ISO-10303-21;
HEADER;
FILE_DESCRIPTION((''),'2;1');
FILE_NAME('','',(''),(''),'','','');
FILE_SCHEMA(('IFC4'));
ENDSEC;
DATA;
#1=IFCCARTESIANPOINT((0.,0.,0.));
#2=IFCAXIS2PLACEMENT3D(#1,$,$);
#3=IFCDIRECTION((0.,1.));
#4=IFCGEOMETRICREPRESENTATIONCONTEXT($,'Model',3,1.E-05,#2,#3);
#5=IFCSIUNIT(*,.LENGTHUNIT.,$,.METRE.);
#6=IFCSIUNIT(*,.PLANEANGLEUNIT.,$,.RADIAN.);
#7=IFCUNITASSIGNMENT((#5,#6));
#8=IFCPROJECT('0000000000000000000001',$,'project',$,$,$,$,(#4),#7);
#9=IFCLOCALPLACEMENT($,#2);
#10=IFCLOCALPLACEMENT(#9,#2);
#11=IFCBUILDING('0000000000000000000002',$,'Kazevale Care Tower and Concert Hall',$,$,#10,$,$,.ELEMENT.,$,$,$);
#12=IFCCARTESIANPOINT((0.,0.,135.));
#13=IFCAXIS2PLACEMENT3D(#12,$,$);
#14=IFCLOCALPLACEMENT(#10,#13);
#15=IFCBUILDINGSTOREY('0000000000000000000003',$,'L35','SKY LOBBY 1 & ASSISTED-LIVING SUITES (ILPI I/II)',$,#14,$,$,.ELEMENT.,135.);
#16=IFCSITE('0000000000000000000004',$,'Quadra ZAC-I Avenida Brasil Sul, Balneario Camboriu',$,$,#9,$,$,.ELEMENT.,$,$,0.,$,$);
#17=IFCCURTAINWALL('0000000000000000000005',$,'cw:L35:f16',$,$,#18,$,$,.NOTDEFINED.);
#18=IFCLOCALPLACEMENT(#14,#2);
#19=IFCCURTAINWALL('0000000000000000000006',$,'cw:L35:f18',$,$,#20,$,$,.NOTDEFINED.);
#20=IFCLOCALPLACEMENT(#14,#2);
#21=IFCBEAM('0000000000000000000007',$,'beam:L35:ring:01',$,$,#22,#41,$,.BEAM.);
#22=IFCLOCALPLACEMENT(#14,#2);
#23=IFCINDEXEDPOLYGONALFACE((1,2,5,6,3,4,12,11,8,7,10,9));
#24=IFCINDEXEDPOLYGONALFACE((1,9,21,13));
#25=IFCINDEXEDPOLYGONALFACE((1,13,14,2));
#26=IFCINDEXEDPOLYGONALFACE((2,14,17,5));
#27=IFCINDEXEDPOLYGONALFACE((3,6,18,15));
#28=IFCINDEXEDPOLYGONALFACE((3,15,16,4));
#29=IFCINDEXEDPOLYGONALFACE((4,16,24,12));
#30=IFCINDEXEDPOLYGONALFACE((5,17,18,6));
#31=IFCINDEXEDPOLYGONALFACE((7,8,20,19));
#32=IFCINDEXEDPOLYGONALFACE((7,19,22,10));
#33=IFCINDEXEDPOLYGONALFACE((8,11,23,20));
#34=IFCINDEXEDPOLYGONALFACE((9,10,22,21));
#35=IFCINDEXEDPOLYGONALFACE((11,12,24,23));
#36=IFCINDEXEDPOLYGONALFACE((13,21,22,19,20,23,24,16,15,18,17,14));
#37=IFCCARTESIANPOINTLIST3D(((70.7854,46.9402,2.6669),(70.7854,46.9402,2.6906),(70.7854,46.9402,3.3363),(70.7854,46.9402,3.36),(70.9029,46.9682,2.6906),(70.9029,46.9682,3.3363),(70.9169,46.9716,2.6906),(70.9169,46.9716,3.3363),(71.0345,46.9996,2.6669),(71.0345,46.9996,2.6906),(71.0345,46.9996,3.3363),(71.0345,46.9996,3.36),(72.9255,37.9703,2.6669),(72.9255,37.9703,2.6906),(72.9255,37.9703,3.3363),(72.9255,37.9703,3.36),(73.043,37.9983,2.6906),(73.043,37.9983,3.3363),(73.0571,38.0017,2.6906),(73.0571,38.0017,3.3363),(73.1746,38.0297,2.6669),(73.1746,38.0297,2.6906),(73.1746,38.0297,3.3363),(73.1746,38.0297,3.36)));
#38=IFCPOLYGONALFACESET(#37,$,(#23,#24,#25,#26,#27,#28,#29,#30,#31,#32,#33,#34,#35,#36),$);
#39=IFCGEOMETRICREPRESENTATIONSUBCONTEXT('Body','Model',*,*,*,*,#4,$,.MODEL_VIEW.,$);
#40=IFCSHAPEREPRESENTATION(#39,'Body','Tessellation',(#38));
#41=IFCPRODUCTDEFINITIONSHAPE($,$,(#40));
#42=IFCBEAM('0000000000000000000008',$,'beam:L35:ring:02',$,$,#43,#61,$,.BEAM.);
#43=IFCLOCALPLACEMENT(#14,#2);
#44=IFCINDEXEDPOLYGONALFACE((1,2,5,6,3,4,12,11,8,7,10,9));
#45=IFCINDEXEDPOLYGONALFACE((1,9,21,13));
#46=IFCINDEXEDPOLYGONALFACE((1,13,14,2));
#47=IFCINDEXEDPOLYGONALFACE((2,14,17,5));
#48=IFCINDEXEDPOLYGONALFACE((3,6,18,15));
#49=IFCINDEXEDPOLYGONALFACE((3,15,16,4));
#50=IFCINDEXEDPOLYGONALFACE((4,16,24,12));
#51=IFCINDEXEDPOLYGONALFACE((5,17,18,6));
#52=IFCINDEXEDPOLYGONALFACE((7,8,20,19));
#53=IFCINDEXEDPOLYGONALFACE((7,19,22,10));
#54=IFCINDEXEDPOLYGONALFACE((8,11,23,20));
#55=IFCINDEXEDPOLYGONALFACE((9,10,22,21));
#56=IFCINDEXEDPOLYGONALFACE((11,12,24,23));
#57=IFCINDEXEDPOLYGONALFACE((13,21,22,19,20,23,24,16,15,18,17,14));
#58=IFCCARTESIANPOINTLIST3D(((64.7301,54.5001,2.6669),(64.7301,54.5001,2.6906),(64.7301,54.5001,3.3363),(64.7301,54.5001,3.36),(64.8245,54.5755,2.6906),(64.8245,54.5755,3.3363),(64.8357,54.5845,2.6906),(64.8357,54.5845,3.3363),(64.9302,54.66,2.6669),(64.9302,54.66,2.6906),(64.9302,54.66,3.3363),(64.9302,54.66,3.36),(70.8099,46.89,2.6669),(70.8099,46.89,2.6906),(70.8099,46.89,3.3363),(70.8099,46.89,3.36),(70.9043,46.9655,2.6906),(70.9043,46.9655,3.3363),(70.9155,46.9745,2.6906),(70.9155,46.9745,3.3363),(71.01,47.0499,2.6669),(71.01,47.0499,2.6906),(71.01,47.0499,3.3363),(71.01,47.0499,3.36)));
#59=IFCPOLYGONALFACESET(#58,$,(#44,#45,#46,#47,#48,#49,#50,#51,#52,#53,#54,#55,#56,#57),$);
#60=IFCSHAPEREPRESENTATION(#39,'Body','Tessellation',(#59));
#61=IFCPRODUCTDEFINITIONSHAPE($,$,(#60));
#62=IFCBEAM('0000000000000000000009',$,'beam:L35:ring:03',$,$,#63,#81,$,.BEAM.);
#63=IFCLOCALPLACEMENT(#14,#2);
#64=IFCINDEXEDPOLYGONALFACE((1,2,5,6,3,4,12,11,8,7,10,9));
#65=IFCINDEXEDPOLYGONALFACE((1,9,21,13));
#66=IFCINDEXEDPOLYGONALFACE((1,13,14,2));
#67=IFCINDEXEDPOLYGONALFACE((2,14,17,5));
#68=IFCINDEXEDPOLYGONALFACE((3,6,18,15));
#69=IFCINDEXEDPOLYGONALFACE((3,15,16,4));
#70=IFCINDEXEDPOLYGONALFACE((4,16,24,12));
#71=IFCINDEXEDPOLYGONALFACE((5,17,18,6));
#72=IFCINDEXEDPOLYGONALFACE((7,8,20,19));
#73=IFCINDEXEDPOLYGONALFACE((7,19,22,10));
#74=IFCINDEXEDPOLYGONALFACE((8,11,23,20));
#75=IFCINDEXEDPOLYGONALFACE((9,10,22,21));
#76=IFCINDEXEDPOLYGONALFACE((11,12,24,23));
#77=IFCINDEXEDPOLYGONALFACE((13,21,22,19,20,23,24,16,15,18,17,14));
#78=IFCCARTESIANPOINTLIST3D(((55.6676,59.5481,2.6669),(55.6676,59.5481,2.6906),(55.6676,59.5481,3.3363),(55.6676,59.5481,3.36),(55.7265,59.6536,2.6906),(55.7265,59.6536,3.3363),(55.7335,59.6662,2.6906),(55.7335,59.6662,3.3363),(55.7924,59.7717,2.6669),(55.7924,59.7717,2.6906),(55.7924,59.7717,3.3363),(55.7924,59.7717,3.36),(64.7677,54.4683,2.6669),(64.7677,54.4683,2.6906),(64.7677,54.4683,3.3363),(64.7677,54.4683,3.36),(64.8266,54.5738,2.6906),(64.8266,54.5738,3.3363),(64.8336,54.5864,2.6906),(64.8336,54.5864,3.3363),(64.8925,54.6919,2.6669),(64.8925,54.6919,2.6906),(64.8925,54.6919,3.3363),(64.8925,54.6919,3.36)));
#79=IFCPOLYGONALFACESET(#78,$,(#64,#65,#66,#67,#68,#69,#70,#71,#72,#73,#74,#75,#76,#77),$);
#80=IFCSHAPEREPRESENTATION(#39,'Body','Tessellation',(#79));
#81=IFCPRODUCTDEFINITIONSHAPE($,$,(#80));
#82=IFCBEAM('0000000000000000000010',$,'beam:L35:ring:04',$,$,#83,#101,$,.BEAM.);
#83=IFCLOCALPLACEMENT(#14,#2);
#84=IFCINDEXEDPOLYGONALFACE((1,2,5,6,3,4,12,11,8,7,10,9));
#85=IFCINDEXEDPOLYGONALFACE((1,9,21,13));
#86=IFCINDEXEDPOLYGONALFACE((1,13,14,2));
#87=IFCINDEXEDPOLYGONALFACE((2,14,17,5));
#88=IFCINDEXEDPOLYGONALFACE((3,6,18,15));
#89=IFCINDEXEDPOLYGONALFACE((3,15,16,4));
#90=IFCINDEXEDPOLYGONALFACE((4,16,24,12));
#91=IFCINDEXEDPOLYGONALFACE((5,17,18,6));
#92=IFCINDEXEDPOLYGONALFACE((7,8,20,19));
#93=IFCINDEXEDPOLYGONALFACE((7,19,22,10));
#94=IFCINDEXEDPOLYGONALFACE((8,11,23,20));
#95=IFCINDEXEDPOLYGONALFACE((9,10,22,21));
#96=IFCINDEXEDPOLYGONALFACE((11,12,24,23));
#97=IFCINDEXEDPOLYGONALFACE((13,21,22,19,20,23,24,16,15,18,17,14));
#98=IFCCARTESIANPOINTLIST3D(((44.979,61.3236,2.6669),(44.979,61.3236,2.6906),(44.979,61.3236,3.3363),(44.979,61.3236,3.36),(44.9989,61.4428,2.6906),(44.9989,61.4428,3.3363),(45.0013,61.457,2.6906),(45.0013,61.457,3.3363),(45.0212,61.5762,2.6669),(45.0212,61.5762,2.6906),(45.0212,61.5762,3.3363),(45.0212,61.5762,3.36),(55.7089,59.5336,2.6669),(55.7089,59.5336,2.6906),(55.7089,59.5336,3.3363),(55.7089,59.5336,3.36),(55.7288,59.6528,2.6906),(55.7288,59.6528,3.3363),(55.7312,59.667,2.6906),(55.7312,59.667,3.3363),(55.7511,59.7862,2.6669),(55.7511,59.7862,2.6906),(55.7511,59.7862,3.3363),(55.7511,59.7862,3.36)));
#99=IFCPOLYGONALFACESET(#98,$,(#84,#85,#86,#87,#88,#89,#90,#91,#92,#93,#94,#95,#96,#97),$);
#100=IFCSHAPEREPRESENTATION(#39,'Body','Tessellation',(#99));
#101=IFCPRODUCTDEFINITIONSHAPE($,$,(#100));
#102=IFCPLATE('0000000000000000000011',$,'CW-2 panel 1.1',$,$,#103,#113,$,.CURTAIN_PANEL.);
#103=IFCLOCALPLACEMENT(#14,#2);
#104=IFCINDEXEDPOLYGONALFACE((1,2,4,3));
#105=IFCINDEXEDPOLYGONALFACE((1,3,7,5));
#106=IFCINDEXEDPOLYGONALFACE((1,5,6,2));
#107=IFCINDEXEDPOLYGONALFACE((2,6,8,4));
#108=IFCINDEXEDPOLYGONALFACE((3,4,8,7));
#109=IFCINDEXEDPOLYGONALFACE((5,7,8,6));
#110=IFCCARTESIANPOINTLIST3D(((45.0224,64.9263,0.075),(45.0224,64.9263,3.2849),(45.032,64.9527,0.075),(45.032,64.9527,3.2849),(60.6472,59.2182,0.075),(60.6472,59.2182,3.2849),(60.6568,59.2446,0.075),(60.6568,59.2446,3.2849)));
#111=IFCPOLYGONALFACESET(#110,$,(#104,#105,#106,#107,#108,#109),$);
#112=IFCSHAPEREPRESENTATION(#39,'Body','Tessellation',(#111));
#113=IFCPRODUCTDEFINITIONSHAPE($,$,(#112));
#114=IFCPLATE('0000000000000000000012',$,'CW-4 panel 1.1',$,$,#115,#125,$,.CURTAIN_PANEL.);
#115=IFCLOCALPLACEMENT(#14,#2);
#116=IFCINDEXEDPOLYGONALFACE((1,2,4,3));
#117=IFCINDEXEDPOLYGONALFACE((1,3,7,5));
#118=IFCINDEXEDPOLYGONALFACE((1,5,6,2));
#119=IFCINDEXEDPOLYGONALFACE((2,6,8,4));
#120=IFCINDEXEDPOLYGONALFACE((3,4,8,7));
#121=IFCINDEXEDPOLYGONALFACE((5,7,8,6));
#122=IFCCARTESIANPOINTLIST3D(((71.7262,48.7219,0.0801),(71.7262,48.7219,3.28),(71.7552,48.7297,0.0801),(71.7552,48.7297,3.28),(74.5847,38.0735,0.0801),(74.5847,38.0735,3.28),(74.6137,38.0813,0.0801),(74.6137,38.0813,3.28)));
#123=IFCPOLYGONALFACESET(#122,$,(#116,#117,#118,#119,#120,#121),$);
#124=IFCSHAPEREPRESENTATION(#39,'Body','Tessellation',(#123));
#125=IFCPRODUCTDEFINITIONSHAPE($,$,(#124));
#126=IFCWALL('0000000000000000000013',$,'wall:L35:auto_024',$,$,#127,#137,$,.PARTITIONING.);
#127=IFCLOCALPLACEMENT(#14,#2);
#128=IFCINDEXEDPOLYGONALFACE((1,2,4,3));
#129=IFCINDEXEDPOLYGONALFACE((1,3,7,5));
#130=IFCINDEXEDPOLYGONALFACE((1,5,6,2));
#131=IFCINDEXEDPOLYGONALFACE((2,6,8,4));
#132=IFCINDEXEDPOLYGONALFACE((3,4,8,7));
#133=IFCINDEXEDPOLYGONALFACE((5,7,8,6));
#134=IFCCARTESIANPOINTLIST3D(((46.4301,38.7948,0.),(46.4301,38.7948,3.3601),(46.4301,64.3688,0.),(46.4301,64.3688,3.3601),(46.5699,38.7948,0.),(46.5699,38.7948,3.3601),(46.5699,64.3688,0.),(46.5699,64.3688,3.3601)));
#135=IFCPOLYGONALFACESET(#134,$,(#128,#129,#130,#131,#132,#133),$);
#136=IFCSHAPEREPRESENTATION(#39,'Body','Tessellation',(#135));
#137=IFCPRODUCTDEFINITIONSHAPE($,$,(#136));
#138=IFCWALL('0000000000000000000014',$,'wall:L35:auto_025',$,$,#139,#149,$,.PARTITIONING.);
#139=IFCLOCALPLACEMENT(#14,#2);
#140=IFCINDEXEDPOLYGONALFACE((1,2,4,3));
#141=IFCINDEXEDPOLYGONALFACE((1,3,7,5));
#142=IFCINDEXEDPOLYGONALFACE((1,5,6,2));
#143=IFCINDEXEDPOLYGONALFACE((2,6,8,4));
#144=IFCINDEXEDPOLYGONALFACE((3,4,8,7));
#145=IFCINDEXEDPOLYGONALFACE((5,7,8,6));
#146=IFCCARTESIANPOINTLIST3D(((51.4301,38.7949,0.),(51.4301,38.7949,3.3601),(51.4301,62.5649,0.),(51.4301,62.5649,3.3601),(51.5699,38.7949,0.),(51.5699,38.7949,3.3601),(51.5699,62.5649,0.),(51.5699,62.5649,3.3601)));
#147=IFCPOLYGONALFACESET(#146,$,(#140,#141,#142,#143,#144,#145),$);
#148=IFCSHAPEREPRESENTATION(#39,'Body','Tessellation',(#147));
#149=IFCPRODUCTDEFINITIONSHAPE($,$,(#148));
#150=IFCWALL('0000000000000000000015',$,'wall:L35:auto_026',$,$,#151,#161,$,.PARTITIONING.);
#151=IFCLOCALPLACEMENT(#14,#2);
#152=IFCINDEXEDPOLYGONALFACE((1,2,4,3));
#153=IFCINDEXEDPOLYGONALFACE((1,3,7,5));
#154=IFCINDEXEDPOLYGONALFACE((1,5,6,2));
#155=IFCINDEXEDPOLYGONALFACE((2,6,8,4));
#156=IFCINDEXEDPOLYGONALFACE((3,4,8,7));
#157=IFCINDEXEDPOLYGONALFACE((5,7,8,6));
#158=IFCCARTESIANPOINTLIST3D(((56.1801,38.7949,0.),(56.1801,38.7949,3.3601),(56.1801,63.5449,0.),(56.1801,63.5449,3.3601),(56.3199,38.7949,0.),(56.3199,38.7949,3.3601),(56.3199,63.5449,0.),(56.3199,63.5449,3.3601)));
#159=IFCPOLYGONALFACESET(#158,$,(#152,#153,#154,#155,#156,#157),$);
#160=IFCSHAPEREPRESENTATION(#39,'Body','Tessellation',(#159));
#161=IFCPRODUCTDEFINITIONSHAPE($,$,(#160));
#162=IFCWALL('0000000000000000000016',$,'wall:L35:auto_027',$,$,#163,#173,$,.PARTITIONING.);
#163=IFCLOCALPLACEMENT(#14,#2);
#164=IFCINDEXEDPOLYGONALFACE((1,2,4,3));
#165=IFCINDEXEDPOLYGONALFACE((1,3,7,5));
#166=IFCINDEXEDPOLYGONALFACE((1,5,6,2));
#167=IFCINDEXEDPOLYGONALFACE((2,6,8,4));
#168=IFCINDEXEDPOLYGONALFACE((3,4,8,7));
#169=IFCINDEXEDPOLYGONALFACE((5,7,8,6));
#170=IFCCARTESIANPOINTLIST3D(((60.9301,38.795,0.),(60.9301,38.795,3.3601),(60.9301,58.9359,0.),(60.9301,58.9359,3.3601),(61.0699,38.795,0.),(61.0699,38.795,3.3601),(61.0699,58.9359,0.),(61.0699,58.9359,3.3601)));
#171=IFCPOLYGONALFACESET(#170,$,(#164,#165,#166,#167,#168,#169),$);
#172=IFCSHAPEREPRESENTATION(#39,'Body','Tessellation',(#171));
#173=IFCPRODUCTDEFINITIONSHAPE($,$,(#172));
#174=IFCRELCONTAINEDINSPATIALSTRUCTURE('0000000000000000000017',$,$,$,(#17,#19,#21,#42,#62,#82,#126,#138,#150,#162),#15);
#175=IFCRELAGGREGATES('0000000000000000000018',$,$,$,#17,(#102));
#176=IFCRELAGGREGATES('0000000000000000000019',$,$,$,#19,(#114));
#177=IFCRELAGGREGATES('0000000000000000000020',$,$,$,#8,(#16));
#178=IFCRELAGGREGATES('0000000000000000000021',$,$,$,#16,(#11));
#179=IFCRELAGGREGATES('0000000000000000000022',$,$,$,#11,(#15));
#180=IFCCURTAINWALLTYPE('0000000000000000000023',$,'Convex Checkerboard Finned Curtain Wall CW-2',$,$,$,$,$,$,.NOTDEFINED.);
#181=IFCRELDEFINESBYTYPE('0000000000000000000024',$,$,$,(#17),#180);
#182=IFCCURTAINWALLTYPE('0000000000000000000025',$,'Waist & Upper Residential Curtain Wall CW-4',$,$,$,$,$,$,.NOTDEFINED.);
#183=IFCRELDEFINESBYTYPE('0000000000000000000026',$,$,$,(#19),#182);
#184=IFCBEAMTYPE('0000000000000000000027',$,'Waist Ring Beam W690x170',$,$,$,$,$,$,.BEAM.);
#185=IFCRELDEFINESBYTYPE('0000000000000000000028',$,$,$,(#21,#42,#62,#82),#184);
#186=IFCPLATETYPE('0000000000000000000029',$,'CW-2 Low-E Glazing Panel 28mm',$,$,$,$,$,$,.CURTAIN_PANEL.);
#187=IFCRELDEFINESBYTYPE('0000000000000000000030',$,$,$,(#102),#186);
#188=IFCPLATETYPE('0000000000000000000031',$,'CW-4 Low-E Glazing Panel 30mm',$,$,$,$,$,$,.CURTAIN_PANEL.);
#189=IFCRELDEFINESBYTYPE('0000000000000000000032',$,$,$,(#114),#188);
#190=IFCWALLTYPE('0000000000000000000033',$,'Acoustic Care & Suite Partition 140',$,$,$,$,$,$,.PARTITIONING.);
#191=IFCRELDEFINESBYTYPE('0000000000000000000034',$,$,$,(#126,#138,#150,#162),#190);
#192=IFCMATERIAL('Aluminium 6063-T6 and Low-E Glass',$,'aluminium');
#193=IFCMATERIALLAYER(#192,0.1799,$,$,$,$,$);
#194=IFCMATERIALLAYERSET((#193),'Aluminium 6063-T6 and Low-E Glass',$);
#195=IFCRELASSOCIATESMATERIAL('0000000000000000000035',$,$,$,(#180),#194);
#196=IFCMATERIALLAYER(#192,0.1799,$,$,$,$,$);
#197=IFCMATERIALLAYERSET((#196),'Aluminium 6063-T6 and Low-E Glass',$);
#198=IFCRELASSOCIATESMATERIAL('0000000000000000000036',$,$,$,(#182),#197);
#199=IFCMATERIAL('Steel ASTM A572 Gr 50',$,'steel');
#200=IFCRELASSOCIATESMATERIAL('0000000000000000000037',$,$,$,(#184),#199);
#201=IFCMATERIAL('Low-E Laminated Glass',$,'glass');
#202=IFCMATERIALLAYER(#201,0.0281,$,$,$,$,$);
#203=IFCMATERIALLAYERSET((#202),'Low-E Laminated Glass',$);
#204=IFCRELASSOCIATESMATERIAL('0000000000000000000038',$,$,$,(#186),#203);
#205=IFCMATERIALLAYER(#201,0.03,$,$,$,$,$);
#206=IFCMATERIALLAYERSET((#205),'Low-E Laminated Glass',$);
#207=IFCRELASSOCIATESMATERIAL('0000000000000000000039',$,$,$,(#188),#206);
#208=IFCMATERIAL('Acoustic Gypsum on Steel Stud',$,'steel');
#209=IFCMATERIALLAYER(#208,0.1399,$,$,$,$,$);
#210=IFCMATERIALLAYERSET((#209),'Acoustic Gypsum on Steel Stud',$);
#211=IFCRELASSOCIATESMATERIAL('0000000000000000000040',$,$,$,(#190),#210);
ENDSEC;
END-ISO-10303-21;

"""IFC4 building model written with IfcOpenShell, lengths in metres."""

from ifc_helpers import new_model, si_unit, direction, frame, frame_2d, origin, origin_2d, place, context, subcontext, project, spatial, rectangle, i_section, extrude, material, layer, layer_set, material_profile, profile_set, type_object, element, aggregate, save


model = new_model("IFC4")

# Units and contexts
model_context = context("Model", 3, precision=1e-05, world=origin(), true_north=direction((0.0, 1.0)))
body_context = subcontext(model_context, "Body", "Model", "MODEL_VIEW")
ifc_project = project(units=[si_unit("LENGTHUNIT", "METRE"), si_unit("PLANEANGLEUNIT", "RADIAN")], contexts=[model_context])

# Site, building, storey
site_placement = place(None, origin())
site = spatial("IfcSite", under=ifc_project, at=site_placement, Name="Quadra ZAC-I Avenida Brasil Sul, Balneario Camboriu", CompositionType="ELEMENT", RefElevation=0.0)
building_placement = place(site_placement, origin())
building = spatial("IfcBuilding", under=site, at=building_placement, Name="Kazevale Care Tower and Concert Hall", CompositionType="ELEMENT")
storey_placement = place(building_placement, frame((0.0, 0.0, 135.0)))
storey = spatial("IfcBuildingStorey", under=building, at=storey_placement, Name="L35", Description="SKY LOBBY 1 & ASSISTED-LIVING SUITES (ILPI I/II)", CompositionType="ELEMENT", Elevation=135.0)

# Curtain wall
ifc_material_1 = material(Name="Aluminium 6063-T6 and Low-E Glass", Category="aluminium")
ifc_layer_1 = layer(ifc_material_1, 0.1799)
ifc_layer_set_1 = layer_set([ifc_layer_1], Name="Aluminium 6063-T6 and Low-E Glass")
curtain_wall_type_1 = type_object("IfcCurtainWallType", Name="Convex Checkerboard Finned Curtain Wall CW-2", PredefinedType="NOTDEFINED", material=ifc_layer_set_1)
curtain_wall_1_placement = place(storey_placement, origin())
curtain_wall_1 = element("IfcCurtainWall", 1, at=curtain_wall_1_placement, inside=storey, type_object=curtain_wall_type_1, Name="cw:L35:f16", PredefinedType="NOTDEFINED")

# Curtain wall
ifc_layer_2 = layer(ifc_material_1, 0.1799)
ifc_layer_set_2 = layer_set([ifc_layer_2], Name="Aluminium 6063-T6 and Low-E Glass")
curtain_wall_type_2 = type_object("IfcCurtainWallType", Name="Waist & Upper Residential Curtain Wall CW-4", PredefinedType="NOTDEFINED", material=ifc_layer_set_2)
curtain_wall_2_placement = place(storey_placement, origin())
curtain_wall_2 = element("IfcCurtainWall", 2, at=curtain_wall_2_placement, inside=storey, type_object=curtain_wall_type_2, Name="cw:L35:f18", PredefinedType="NOTDEFINED")

# Beams
ifc_material_2 = material(Name="Steel ASTM A572 Gr 50", Category="steel")
ifc_material_profile_1 = material_profile(ifc_material_2, i_section(OverallWidth=0.2561, OverallDepth=0.6931, WebThickness=0.0144, FlangeThickness=0.0237, at=origin_2d()), Name="W690x170")
ifc_profile_set_1 = profile_set([ifc_material_profile_1], Name="Steel ASTM A572 Gr 50")
beam_type_1 = type_object("IfcBeamType", Name="Waist Ring Beam W690x170", PredefinedType="BEAM", material=ifc_profile_set_1)
beam_1_placement = place(storey_placement, frame((73.05, 38.0, 3.0134), z_axis=(-0.232075, 0.972698, 0.0), x_axis=(-0.972698, -0.232075, 0.0)))
element("IfcBeam", 3, at=beam_1_placement, inside=storey, type_object=beam_type_1, Name="beam:L35:ring:01", PredefinedType="BEAM", context=body_context, shape_type="SweptSolid", body=[
    extrude(i_section(OverallWidth=0.2561, OverallDepth=0.6931, WebThickness=0.0144, FlangeThickness=0.0237, at=origin_2d()), origin(), (0.0, 0.0, 1.0), 9.2217),
])
beam_2_placement = place(storey_placement, frame((70.9099, 46.97, 3.0134), z_axis=(-0.624178, 0.781282, 0.0), x_axis=(-0.781282, -0.624178, 0.0)))
element("IfcBeam", 4, at=beam_2_placement, inside=storey, type_object=beam_type_1, Name="beam:L35:ring:02", PredefinedType="BEAM", context=body_context, shape_type="SweptSolid", body=[
    extrude(i_section(OverallWidth=0.2561, OverallDepth=0.6931, WebThickness=0.0144, FlangeThickness=0.0237, at=origin_2d()), origin(), (0.0, 0.0, 1.0), 9.7405),
])
beam_3_placement = place(storey_placement, frame((64.8301, 54.5801, 3.0134), z_axis=(-0.873169, 0.487418, 0.0), x_axis=(-0.487418, -0.873169, 0.0)))
element("IfcBeam", 5, at=beam_3_placement, inside=storey, type_object=beam_type_1, Name="beam:L35:ring:03", PredefinedType="BEAM", context=body_context, shape_type="SweptSolid", body=[
    extrude(i_section(OverallWidth=0.2561, OverallDepth=0.6931, WebThickness=0.0144, FlangeThickness=0.0237, at=origin_2d()), origin(), (0.0, 0.0, 1.0), 10.4219),
])
beam_4_placement = place(storey_placement, frame((55.73, 59.6599, 3.0134), z_axis=(-0.986368, 0.164552, 0.0), x_axis=(-0.164552, -0.986368, 0.0)))
element("IfcBeam", 6, at=beam_4_placement, inside=storey, type_object=beam_type_1, Name="beam:L35:ring:04", PredefinedType="BEAM", context=body_context, shape_type="SweptSolid", body=[
    extrude(i_section(OverallWidth=0.2561, OverallDepth=0.6931, WebThickness=0.0144, FlangeThickness=0.0237, at=origin_2d()), origin(), (0.0, 0.0, 1.0), 10.8782),
])

# Plates
ifc_material_3 = material(Name="Low-E Laminated Glass", Category="glass")
ifc_layer_3 = layer(ifc_material_3, 0.0281)
ifc_layer_set_3 = layer_set([ifc_layer_3], Name="Low-E Laminated Glass")
plate_type_1 = type_object("IfcPlateType", Name="CW-2 Low-E Glazing Panel 28mm", PredefinedType="CURTAIN_PANEL", material=ifc_layer_set_3)
plate_1_placement = place(storey_placement, frame((52.8396, 62.0854, 0.075), z_axis=(0.0, 0.0, 1.0), x_axis=(0.939283, -0.343143, 0.0)))
plate_1 = element("IfcPlate", 7, at=plate_1_placement, type_object=plate_type_1, Name="CW-2 panel 1.1", PredefinedType="CURTAIN_PANEL", context=body_context, shape_type="SweptSolid", body=[
    extrude(rectangle(XDim=16.6348, YDim=0.0281, at=origin_2d()), origin(), (0.0, 0.0, 1.0), 3.21),
])
aggregate(curtain_wall_1, [plate_1])
ifc_layer_4 = layer(ifc_material_3, 0.03)
ifc_layer_set_4 = layer_set([ifc_layer_4], Name="Low-E Laminated Glass")
plate_type_2 = type_object("IfcPlateType", Name="CW-4 Low-E Glazing Panel 30mm", PredefinedType="CURTAIN_PANEL", material=ifc_layer_set_4)
plate_2_placement = place(storey_placement, frame((73.1699, 43.4016, 0.0801), z_axis=(0.0, 0.0, 1.0), x_axis=(0.259265, -0.965806, 0.0)))
plate_2 = element("IfcPlate", 8, at=plate_2_placement, type_object=plate_type_2, Name="CW-4 panel 1.1", PredefinedType="CURTAIN_PANEL", context=body_context, shape_type="SweptSolid", body=[
    extrude(rectangle(XDim=11.0254, YDim=0.03, at=origin_2d()), origin(), (0.0, 0.0, 1.0), 3.2),
])
aggregate(curtain_wall_2, [plate_2])

# Walls
ifc_material_4 = material(Name="Acoustic Gypsum on Steel Stud", Category="steel")
ifc_layer_5 = layer(ifc_material_4, 0.1399)
ifc_layer_set_5 = layer_set([ifc_layer_5], Name="Acoustic Gypsum on Steel Stud")
wall_type_1 = type_object("IfcWallType", Name="Acoustic Care & Suite Partition 140", PredefinedType="PARTITIONING", material=ifc_layer_set_5)
wall_1_placement = place(storey_placement, frame((46.5, 64.3689, 0.0), z_axis=(0.0, 0.0, 1.0), x_axis=(0.0, -1.0, 0.0)))
element("IfcWall", 9, at=wall_1_placement, inside=storey, type_object=wall_type_1, Name="wall:L35:auto_024", PredefinedType="PARTITIONING", context=body_context, shape_type="SweptSolid", body=[
    extrude(rectangle(XDim=25.574, YDim=0.1399, at=frame_2d((12.7871, 0.0))), origin(), (0.0, 0.0, 1.0), 3.3601),
])
wall_2_placement = place(storey_placement, frame((51.5, 62.5649, 0.0), z_axis=(0.0, 0.0, 1.0), x_axis=(0.0, -1.0, 0.0)))
element("IfcWall", 10, at=wall_2_placement, inside=storey, type_object=wall_type_1, Name="wall:L35:auto_025", PredefinedType="PARTITIONING", context=body_context, shape_type="SweptSolid", body=[
    extrude(rectangle(XDim=23.77, YDim=0.1399, at=frame_2d((11.885, 0.0))), origin(), (0.0, 0.0, 1.0), 3.3601),
])
wall_3_placement = place(storey_placement, frame((56.25, 63.5449, 0.0), z_axis=(0.0, 0.0, 1.0), x_axis=(0.0, -1.0, 0.0)))
element("IfcWall", 11, at=wall_3_placement, inside=storey, type_object=wall_type_1, Name="wall:L35:auto_026", PredefinedType="PARTITIONING", context=body_context, shape_type="SweptSolid", body=[
    extrude(rectangle(XDim=24.75, YDim=0.1399, at=frame_2d((12.375, 0.0))), origin(), (0.0, 0.0, 1.0), 3.3601),
])
wall_4_placement = place(storey_placement, frame((61.0, 58.9358, 0.0), z_axis=(0.0, 0.0, 1.0), x_axis=(0.0, -1.0, 0.0)))
element("IfcWall", 12, at=wall_4_placement, inside=storey, type_object=wall_type_1, Name="wall:L35:auto_027", PredefinedType="PARTITIONING", context=body_context, shape_type="SweptSolid", body=[
    extrude(rectangle(XDim=20.1409, YDim=0.1399, at=frame_2d((10.0703, 0.0))), origin(), (0.0, 0.0, 1.0), 3.3601),
])

save(model, "model.ifc")
